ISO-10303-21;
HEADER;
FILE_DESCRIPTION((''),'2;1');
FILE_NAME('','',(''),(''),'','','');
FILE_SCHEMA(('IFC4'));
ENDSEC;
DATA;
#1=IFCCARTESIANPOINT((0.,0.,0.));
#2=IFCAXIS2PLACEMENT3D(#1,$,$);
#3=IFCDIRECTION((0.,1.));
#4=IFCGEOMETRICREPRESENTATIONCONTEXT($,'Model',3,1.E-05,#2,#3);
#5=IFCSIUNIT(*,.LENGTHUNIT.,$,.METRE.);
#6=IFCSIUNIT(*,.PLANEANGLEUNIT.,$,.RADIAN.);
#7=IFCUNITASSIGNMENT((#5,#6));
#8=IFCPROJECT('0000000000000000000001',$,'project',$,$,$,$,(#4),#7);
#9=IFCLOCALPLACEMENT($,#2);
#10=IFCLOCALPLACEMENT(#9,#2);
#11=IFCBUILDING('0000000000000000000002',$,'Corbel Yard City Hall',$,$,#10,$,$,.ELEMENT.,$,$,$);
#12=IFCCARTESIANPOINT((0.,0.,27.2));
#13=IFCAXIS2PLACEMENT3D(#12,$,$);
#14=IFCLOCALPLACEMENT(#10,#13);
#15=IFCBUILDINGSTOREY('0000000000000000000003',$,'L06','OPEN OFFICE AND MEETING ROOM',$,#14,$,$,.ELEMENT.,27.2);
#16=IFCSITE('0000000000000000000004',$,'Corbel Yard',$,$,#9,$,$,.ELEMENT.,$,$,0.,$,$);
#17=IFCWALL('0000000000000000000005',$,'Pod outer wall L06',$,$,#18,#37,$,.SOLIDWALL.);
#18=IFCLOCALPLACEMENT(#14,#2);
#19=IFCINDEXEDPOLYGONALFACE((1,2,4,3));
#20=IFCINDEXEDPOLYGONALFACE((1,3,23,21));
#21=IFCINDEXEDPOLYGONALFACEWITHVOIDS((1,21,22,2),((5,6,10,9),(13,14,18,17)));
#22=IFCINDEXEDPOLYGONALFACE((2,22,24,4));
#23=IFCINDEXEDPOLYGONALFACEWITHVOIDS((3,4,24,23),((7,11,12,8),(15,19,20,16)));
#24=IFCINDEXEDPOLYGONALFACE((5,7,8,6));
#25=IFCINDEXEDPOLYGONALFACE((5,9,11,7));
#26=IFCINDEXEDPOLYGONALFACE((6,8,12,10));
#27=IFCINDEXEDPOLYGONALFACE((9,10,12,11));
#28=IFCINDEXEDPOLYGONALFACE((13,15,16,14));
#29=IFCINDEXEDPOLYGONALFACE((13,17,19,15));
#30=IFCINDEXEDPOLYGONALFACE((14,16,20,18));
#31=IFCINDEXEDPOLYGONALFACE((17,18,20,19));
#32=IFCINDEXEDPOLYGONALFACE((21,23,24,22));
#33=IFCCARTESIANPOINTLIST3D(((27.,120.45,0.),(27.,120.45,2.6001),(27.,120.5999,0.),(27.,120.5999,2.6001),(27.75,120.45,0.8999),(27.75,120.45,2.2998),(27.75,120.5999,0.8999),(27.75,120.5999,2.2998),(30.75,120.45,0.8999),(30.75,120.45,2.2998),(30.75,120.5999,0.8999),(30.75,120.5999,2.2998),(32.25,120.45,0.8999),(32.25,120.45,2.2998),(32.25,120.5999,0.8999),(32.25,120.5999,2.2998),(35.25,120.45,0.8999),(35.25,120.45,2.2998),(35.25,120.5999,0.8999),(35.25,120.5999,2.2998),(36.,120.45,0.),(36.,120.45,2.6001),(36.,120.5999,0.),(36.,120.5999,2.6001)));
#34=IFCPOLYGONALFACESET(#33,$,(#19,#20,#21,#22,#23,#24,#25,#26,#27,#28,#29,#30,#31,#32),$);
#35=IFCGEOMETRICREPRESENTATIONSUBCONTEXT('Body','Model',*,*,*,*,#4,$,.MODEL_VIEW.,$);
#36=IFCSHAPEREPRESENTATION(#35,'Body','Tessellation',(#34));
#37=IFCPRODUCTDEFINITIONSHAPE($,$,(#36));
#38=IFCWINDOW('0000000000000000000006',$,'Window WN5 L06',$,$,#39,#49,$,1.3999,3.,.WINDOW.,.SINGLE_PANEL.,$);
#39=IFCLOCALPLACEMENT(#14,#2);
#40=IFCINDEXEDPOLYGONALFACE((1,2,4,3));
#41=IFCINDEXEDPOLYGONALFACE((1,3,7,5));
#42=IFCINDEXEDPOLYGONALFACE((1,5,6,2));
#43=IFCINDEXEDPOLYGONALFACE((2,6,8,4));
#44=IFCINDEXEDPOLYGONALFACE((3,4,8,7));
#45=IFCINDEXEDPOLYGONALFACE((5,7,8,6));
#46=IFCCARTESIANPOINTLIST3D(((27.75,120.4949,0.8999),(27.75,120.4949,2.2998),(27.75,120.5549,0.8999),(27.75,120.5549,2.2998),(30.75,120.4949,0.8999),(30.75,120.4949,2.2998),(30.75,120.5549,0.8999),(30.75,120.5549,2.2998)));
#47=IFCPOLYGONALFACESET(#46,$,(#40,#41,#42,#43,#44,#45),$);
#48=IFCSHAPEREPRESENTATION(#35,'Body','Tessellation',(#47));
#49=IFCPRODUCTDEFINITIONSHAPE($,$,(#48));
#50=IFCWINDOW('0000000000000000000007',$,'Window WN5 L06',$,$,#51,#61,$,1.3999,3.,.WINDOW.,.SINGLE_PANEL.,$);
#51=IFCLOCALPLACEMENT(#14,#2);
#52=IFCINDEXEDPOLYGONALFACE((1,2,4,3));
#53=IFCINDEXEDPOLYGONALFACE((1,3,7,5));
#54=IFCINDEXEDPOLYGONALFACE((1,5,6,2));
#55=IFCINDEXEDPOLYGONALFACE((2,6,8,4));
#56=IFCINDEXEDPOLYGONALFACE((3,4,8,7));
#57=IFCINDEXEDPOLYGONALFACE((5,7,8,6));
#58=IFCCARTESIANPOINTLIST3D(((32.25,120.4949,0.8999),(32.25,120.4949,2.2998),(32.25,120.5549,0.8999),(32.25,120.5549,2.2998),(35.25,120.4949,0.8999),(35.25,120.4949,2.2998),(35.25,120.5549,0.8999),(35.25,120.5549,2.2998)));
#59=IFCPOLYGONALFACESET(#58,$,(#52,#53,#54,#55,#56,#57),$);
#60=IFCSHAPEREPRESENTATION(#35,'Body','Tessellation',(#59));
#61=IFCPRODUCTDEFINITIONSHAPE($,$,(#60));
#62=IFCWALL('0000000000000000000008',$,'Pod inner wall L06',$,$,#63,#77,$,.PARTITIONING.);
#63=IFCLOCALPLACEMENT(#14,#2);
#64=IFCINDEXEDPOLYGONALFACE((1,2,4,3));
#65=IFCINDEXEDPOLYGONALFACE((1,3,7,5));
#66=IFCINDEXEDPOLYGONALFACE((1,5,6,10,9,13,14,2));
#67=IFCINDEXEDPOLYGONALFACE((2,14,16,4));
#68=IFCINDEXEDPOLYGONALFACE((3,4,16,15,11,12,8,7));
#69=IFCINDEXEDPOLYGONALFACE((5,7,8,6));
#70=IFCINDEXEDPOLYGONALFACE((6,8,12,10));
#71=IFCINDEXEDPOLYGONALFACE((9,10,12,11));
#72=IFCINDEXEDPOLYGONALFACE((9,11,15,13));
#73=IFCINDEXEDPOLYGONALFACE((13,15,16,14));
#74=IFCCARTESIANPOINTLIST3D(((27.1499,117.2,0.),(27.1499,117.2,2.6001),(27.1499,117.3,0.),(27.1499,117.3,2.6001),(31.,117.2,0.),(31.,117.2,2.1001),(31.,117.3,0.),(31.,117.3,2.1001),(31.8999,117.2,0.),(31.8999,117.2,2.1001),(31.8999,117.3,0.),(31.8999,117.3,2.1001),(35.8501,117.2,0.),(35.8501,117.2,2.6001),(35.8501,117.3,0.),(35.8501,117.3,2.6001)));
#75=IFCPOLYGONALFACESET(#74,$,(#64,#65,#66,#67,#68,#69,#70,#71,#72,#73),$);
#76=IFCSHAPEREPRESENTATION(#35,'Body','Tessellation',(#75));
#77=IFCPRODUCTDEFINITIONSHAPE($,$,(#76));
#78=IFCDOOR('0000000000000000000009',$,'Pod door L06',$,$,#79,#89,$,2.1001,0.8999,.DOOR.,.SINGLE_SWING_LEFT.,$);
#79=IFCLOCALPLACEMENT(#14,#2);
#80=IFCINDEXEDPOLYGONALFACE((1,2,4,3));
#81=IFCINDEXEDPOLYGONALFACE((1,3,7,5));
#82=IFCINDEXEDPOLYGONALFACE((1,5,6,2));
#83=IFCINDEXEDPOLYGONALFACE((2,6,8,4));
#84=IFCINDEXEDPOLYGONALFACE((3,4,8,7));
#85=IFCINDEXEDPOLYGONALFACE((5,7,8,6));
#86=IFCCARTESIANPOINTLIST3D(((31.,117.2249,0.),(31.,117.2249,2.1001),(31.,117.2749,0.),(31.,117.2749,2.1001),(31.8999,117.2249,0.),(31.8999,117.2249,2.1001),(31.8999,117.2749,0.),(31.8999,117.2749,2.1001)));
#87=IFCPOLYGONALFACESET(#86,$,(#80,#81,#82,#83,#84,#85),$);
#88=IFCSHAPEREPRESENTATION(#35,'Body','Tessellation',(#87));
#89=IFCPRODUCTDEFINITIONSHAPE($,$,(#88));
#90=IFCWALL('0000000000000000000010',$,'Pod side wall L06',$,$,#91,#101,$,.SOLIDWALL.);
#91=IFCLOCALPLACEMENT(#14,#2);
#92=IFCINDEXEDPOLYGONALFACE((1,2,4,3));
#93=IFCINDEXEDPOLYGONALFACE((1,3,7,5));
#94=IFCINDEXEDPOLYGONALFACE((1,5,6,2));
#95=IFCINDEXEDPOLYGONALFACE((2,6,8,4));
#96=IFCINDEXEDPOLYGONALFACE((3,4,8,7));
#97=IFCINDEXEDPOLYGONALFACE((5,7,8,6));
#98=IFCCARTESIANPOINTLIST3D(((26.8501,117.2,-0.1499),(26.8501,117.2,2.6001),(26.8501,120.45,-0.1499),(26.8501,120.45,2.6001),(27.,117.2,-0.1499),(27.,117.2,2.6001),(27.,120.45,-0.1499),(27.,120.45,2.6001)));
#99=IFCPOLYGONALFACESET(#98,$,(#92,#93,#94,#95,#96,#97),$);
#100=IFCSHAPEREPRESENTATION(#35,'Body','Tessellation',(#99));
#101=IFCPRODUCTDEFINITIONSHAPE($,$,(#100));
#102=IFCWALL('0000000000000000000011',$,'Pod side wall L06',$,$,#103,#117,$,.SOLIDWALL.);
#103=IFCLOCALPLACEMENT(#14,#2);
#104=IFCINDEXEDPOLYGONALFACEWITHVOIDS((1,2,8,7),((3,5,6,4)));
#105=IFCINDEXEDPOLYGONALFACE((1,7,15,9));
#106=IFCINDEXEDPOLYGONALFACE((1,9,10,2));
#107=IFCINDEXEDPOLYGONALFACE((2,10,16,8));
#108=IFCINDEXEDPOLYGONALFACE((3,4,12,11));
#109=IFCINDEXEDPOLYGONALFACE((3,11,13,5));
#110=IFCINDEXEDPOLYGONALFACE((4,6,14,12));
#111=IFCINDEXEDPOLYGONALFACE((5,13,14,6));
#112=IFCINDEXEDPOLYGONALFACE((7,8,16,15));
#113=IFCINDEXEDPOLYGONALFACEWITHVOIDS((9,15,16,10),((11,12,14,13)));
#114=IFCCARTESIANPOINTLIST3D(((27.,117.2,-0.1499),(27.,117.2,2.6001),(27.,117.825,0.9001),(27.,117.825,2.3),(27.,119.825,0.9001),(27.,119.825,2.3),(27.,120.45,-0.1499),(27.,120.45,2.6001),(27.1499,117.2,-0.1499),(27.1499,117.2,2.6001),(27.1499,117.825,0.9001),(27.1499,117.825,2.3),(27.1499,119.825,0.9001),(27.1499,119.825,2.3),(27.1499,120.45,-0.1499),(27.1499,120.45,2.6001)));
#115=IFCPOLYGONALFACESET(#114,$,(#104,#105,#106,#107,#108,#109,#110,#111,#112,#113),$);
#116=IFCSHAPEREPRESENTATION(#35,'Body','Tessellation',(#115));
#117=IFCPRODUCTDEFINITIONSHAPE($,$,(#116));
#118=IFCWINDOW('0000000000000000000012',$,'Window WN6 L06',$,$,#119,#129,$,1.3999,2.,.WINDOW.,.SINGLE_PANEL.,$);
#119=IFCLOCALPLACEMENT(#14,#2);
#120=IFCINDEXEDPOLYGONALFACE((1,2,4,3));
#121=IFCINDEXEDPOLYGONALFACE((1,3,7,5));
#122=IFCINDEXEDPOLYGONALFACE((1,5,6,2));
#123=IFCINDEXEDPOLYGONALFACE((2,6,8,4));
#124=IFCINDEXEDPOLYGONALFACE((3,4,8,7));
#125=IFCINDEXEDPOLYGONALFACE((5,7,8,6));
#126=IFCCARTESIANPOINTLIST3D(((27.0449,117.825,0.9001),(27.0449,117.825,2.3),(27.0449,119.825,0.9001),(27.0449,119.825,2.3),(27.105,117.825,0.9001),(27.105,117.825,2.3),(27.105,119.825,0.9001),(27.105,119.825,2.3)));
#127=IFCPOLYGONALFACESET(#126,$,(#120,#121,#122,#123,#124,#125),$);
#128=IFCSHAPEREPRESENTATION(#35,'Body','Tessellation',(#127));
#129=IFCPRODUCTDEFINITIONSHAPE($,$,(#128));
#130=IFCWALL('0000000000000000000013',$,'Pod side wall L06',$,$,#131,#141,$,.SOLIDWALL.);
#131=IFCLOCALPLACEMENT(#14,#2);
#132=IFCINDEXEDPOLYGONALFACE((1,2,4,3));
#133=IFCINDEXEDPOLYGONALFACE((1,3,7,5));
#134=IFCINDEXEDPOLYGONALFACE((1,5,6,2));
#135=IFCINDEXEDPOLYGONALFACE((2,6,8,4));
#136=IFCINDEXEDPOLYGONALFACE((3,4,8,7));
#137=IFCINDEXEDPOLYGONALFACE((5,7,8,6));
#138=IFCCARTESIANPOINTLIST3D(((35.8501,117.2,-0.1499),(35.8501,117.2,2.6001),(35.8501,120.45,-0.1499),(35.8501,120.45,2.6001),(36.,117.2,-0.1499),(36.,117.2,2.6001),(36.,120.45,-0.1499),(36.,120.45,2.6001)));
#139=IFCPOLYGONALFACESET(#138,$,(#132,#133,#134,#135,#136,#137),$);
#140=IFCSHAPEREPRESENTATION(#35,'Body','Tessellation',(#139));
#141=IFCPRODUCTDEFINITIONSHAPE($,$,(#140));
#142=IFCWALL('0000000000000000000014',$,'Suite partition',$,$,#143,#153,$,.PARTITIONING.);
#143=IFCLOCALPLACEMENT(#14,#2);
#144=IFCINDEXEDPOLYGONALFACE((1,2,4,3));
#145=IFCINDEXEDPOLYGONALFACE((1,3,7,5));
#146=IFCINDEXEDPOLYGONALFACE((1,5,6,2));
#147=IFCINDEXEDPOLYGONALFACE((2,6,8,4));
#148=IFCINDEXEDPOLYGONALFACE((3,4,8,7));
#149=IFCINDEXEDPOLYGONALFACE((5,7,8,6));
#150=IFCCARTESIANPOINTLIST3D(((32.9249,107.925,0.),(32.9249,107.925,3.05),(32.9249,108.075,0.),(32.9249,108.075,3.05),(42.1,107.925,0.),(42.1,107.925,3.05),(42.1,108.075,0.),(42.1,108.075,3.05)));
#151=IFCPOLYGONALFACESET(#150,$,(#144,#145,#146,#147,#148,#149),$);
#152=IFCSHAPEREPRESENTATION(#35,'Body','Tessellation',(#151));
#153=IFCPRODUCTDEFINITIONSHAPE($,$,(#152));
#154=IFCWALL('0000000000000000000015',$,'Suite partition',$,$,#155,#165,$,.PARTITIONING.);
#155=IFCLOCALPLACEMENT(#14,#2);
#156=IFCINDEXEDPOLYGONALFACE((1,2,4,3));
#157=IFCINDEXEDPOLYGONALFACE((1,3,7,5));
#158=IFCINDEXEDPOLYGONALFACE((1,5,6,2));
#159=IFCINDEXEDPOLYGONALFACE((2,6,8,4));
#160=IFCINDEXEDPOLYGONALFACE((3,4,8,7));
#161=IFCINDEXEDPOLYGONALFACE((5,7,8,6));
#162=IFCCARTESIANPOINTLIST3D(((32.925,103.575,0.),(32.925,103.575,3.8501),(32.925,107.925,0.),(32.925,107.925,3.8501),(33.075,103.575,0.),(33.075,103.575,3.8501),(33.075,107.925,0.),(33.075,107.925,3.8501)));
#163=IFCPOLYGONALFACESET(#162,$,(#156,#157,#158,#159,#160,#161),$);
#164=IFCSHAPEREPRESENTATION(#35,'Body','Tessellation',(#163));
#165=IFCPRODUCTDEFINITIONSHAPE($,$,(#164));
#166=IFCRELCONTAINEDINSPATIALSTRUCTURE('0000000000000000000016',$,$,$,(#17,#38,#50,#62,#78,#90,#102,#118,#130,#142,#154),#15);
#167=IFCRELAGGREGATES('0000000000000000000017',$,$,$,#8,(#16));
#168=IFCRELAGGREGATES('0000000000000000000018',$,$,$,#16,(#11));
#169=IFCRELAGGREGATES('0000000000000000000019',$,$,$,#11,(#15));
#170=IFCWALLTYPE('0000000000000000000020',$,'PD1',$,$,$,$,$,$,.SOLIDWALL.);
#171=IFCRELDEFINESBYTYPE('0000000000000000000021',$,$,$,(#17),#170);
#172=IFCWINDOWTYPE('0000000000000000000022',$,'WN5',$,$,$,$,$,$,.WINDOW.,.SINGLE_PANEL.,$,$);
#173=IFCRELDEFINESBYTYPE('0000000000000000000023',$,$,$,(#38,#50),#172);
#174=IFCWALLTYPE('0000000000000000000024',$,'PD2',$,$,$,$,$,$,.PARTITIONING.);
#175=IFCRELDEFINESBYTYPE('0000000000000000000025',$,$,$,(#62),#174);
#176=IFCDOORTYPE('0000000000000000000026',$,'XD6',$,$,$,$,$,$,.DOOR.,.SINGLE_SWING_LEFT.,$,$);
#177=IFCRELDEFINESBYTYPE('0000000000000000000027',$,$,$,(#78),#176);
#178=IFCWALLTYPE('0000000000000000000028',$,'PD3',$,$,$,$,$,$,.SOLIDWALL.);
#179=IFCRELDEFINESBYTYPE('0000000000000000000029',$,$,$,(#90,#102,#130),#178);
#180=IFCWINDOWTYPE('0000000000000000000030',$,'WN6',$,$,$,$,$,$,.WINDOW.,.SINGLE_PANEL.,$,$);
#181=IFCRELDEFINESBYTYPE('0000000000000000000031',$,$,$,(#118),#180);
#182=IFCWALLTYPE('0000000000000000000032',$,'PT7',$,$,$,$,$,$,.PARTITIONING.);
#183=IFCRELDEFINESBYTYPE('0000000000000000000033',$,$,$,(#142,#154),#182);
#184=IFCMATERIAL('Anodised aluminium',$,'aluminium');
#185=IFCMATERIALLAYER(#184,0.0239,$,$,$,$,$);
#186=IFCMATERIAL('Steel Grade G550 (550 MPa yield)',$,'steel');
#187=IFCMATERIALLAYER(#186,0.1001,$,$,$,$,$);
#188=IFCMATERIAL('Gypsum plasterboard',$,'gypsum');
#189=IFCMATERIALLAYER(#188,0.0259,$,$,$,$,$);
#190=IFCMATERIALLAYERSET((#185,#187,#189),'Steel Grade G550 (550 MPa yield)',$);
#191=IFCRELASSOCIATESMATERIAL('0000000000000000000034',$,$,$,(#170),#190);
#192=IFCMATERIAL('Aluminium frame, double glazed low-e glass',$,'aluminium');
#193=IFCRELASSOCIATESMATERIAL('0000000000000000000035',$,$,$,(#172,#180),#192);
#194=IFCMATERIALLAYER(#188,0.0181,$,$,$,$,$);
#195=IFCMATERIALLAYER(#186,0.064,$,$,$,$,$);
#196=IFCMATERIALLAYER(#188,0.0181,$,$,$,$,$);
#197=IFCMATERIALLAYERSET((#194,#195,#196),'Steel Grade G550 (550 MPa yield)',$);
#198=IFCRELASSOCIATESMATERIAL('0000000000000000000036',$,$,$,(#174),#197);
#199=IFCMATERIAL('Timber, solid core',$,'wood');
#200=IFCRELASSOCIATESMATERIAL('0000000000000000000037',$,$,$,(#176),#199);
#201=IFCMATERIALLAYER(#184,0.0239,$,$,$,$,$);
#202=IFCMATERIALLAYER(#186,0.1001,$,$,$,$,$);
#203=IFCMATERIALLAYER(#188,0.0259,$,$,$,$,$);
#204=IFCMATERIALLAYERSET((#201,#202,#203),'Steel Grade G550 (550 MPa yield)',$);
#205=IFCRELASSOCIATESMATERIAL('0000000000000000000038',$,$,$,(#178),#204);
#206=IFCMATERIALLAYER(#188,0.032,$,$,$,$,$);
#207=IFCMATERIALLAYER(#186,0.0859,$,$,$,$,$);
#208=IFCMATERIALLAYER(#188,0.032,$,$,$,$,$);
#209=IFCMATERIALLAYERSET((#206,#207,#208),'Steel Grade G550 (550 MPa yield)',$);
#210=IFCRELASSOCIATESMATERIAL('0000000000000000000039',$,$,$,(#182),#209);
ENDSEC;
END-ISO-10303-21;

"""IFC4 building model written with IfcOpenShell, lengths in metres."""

from ifc_helpers import new_model, si_unit, direction, frame, frame_2d, origin, place, context, subcontext, project, spatial, rectangle, extrude, material, layer, layer_set, type_object, element, fill, save


model = new_model("IFC4")

# Units and contexts
model_context = context("Model", 3, precision=1e-05, world=origin(), true_north=direction((0.0, 1.0)))
body_context = subcontext(model_context, "Body", "Model", "MODEL_VIEW")
ifc_project = project(units=[si_unit("LENGTHUNIT", "METRE"), si_unit("PLANEANGLEUNIT", "RADIAN")], contexts=[model_context])

# Site, building, storey
site_placement = place(None, origin())
site = spatial("IfcSite", under=ifc_project, at=site_placement, Name="Corbel Yard", CompositionType="ELEMENT", RefElevation=0.0)
building_placement = place(site_placement, origin())
building = spatial("IfcBuilding", under=site, at=building_placement, Name="Corbel Yard City Hall", CompositionType="ELEMENT")
storey_placement = place(building_placement, frame((0.0, 0.0, 27.2)))
storey = spatial("IfcBuildingStorey", under=building, at=storey_placement, Name="L06", Description="OPEN OFFICE AND MEETING ROOM", CompositionType="ELEMENT", Elevation=27.2)

# Wall, openings, windows
ifc_material_1 = material(Name="Anodised aluminium", Category="aluminium")
ifc_layer_1 = layer(ifc_material_1, 0.0239)
ifc_material_2 = material(Name="Steel Grade G550 (550 MPa yield)", Category="steel")
ifc_layer_2 = layer(ifc_material_2, 0.1001)
ifc_material_3 = material(Name="Gypsum plasterboard", Category="gypsum")
ifc_layer_3 = layer(ifc_material_3, 0.0259)
ifc_layer_set_1 = layer_set([ifc_layer_1, ifc_layer_2, ifc_layer_3], Name="Steel Grade G550 (550 MPa yield)")
wall_type_1 = type_object("IfcWallType", Name="PD1", PredefinedType="SOLIDWALL", material=ifc_layer_set_1)
wall_1_placement = place(storey_placement, frame((27.0, 120.5249, 0.0), z_axis=(0.0, 0.0, 1.0), x_axis=(1.0, 0.0, 0.0)))
wall_1 = element("IfcWall", 1, at=wall_1_placement, inside=storey, type_object=wall_type_1, Name="Pod outer wall L06", PredefinedType="SOLIDWALL", context=body_context, shape_type="SweptSolid", body=[
    extrude(rectangle(XDim=9.0, YDim=0.1499, at=frame_2d((4.5, 0.0))), origin(), (0.0, 0.0, 1.0), 2.6001),
])
opening_1_placement = place(wall_1_placement, frame((0.75, 0.0, 0.8999)))
opening_1 = element("IfcOpeningElement", 2, at=opening_1_placement, cuts=wall_1, PredefinedType="OPENING", context=body_context, shape_type="SweptSolid", body=[
    extrude(rectangle(XDim=3.0, YDim=1.3999, at=frame_2d((1.5, 0.7))), frame((0.0, 0.085, 0.0), z_axis=(0.0, -1.0, 0.0), x_axis=(1.0, 0.0, 0.0)), (0.0, 0.0, 1.0), 0.1699),
])
opening_2_placement = place(wall_1_placement, frame((5.25, 0.0, 0.8999)))
opening_2 = element("IfcOpeningElement", 3, at=opening_2_placement, cuts=wall_1, PredefinedType="OPENING", context=body_context, shape_type="SweptSolid", body=[
    extrude(rectangle(XDim=3.0, YDim=1.3999, at=frame_2d((1.5, 0.7))), frame((0.0, 0.085, 0.0), z_axis=(0.0, -1.0, 0.0), x_axis=(1.0, 0.0, 0.0)), (0.0, 0.0, 1.0), 0.1699),
])
ifc_material_4 = material(Name="Aluminium frame, double glazed low-e glass", Category="aluminium")
window_type_1 = type_object("IfcWindowType", Name="WN5", PartitioningType="SINGLE_PANEL", PredefinedType="WINDOW", material=ifc_material_4)
window_1_placement = place(opening_1_placement, origin())
window_1 = element("IfcWindow", 4, at=window_1_placement, inside=storey, type_object=window_type_1, Name="Window WN5 L06", OverallHeight=1.3999, OverallWidth=3.0, PartitioningType="SINGLE_PANEL", PredefinedType="WINDOW", context=body_context, shape_type="SweptSolid", body=[
    extrude(rectangle(XDim=3.0, YDim=1.3999, at=frame_2d((1.5, 0.7))), frame((0.0, 0.03, 0.0), z_axis=(0.0, -1.0, 0.0), x_axis=(1.0, 0.0, 0.0)), (0.0, 0.0, 1.0), 0.0601),
])
fill(opening_1, window_1)
window_2_placement = place(opening_2_placement, origin())
window_2 = element("IfcWindow", 5, at=window_2_placement, inside=storey, type_object=window_type_1, Name="Window WN5 L06", OverallHeight=1.3999, OverallWidth=3.0, PartitioningType="SINGLE_PANEL", PredefinedType="WINDOW", context=body_context, shape_type="SweptSolid", body=[
    extrude(rectangle(XDim=3.0, YDim=1.3999, at=frame_2d((1.5, 0.7))), frame((0.0, 0.03, 0.0), z_axis=(0.0, -1.0, 0.0), x_axis=(1.0, 0.0, 0.0)), (0.0, 0.0, 1.0), 0.0601),
])
fill(opening_2, window_2)

# Wall, opening, door
ifc_layer_4 = layer(ifc_material_3, 0.0181)
ifc_layer_5 = layer(ifc_material_2, 0.064)
ifc_layer_6 = layer(ifc_material_3, 0.0181)
ifc_layer_set_2 = layer_set([ifc_layer_4, ifc_layer_5, ifc_layer_6], Name="Steel Grade G550 (550 MPa yield)")
wall_type_2 = type_object("IfcWallType", Name="PD2", PredefinedType="PARTITIONING", material=ifc_layer_set_2)
wall_2_placement = place(storey_placement, frame((27.1499, 117.25, 0.0), z_axis=(0.0, 0.0, 1.0), x_axis=(1.0, 0.0, 0.0)))
wall_2 = element("IfcWall", 6, at=wall_2_placement, inside=storey, type_object=wall_type_2, Name="Pod inner wall L06", PredefinedType="PARTITIONING", context=body_context, shape_type="SweptSolid", body=[
    extrude(rectangle(XDim=8.7002, YDim=0.1001, at=frame_2d((4.3501, 0.0))), origin(), (0.0, 0.0, 1.0), 2.6001),
])
opening_3_placement = place(wall_2_placement, frame((3.8501, 0.0, 0.0)))
opening_3 = element("IfcOpeningElement", 7, at=opening_3_placement, cuts=wall_2, PredefinedType="OPENING", context=body_context, shape_type="SweptSolid", body=[
    extrude(rectangle(XDim=0.8999, YDim=2.1001, at=frame_2d((0.45, 1.05))), frame((0.0, 0.0601, 0.0), z_axis=(0.0, -1.0, 0.0), x_axis=(1.0, 0.0, 0.0)), (0.0, 0.0, 1.0), 0.1201),
])
ifc_material_5 = material(Name="Timber, solid core", Category="wood")
door_type = type_object("IfcDoorType", Name="XD6", OperationType="SINGLE_SWING_LEFT", PredefinedType="DOOR", material=ifc_material_5)
door_placement = place(opening_3_placement, origin())
door = element("IfcDoor", 8, at=door_placement, inside=storey, type_object=door_type, Name="Pod door L06", OperationType="SINGLE_SWING_LEFT", OverallHeight=2.1001, OverallWidth=0.8999, PredefinedType="DOOR", context=body_context, shape_type="SweptSolid", body=[
    extrude(rectangle(XDim=0.8999, YDim=2.1001, at=frame_2d((0.45, 1.05))), frame((0.0, 0.0249, 0.0), z_axis=(0.0, -1.0, 0.0), x_axis=(1.0, 0.0, 0.0)), (0.0, 0.0, 1.0), 0.05),
])
fill(opening_3, door)

# Wall
ifc_layer_7 = layer(ifc_material_1, 0.0239)
ifc_layer_8 = layer(ifc_material_2, 0.1001)
ifc_layer_9 = layer(ifc_material_3, 0.0259)
ifc_layer_set_3 = layer_set([ifc_layer_7, ifc_layer_8, ifc_layer_9], Name="Steel Grade G550 (550 MPa yield)")
wall_type_3 = type_object("IfcWallType", Name="PD3", PredefinedType="SOLIDWALL", material=ifc_layer_set_3)
wall_3_placement = place(storey_placement, frame((26.925, 120.45, -0.1499), z_axis=(0.0, 0.0, 1.0), x_axis=(0.0, -1.0, 0.0)))
element("IfcWall", 9, at=wall_3_placement, inside=storey, type_object=wall_type_3, Name="Pod side wall L06", PredefinedType="SOLIDWALL", context=body_context, shape_type="SweptSolid", body=[
    extrude(rectangle(XDim=3.25, YDim=0.1499, at=frame_2d((1.625, 0.0))), origin(), (0.0, 0.0, 1.0), 2.75),
])

# Wall, opening, window
wall_4_placement = place(storey_placement, frame((27.075, 120.45, -0.1499), z_axis=(0.0, 0.0, 1.0), x_axis=(0.0, -1.0, 0.0)))
wall_4 = element("IfcWall", 10, at=wall_4_placement, inside=storey, type_object=wall_type_3, Name="Pod side wall L06", PredefinedType="SOLIDWALL", context=body_context, shape_type="SweptSolid", body=[
    extrude(rectangle(XDim=3.25, YDim=0.1499, at=frame_2d((1.625, 0.0))), origin(), (0.0, 0.0, 1.0), 2.75),
])
opening_4_placement = place(wall_4_placement, frame((0.625, 0.0, 1.05)))
opening_4 = element("IfcOpeningElement", 11, at=opening_4_placement, cuts=wall_4, PredefinedType="OPENING", context=body_context, shape_type="SweptSolid", body=[
    extrude(rectangle(XDim=2.0, YDim=1.3999, at=frame_2d((1.0, 0.7))), frame((0.0, 0.085, 0.0), z_axis=(0.0, -1.0, 0.0), x_axis=(1.0, 0.0, 0.0)), (0.0, 0.0, 1.0), 0.1699),
])
window_type_2 = type_object("IfcWindowType", Name="WN6", PartitioningType="SINGLE_PANEL", PredefinedType="WINDOW", material=ifc_material_4)
window_3_placement = place(opening_4_placement, origin())
window_3 = element("IfcWindow", 12, at=window_3_placement, inside=storey, type_object=window_type_2, Name="Window WN6 L06", OverallHeight=1.3999, OverallWidth=2.0, PartitioningType="SINGLE_PANEL", PredefinedType="WINDOW", context=body_context, shape_type="SweptSolid", body=[
    extrude(rectangle(XDim=2.0, YDim=1.3999, at=frame_2d((1.0, 0.7))), frame((0.0, 0.03, 0.0), z_axis=(0.0, -1.0, 0.0), x_axis=(1.0, 0.0, 0.0)), (0.0, 0.0, 1.0), 0.0601),
])
fill(opening_4, window_3)

# Walls
wall_5_placement = place(storey_placement, frame((35.925, 120.45, -0.1499), z_axis=(0.0, 0.0, 1.0), x_axis=(0.0, -1.0, 0.0)))
element("IfcWall", 13, at=wall_5_placement, inside=storey, type_object=wall_type_3, Name="Pod side wall L06", PredefinedType="SOLIDWALL", context=body_context, shape_type="SweptSolid", body=[
    extrude(rectangle(XDim=3.25, YDim=0.1499, at=frame_2d((1.625, 0.0))), origin(), (0.0, 0.0, 1.0), 2.75),
])
ifc_layer_10 = layer(ifc_material_3, 0.032)
ifc_layer_11 = layer(ifc_material_2, 0.0859)
ifc_layer_12 = layer(ifc_material_3, 0.032)
ifc_layer_set_4 = layer_set([ifc_layer_10, ifc_layer_11, ifc_layer_12], Name="Steel Grade G550 (550 MPa yield)")
wall_type_4 = type_object("IfcWallType", Name="PT7", PredefinedType="PARTITIONING", material=ifc_layer_set_4)
wall_6_placement = place(storey_placement, frame((32.925, 108.0, 0.0), z_axis=(0.0, 0.0, 1.0), x_axis=(1.0, 0.0, 0.0)))
element("IfcWall", 14, at=wall_6_placement, inside=storey, type_object=wall_type_4, Name="Suite partition", PredefinedType="PARTITIONING", context=body_context, shape_type="SweptSolid", body=[
    extrude(rectangle(XDim=9.175, YDim=0.1499, at=frame_2d((4.5874, 0.0))), origin(), (0.0, 0.0, 1.0), 3.05),
])
wall_7_placement = place(storey_placement, frame((33.0, 103.575, 0.0), z_axis=(0.0, 0.0, 1.0), x_axis=(0.0, 1.0, 0.0)))
element("IfcWall", 15, at=wall_7_placement, inside=storey, type_object=wall_type_4, Name="Suite partition", PredefinedType="PARTITIONING", context=body_context, shape_type="SweptSolid", body=[
    extrude(rectangle(XDim=4.3501, YDim=0.1499, at=frame_2d((2.175, 0.0))), origin(), (0.0, 0.0, 1.0), 3.8501),
])

save(model, "model.ifc")
